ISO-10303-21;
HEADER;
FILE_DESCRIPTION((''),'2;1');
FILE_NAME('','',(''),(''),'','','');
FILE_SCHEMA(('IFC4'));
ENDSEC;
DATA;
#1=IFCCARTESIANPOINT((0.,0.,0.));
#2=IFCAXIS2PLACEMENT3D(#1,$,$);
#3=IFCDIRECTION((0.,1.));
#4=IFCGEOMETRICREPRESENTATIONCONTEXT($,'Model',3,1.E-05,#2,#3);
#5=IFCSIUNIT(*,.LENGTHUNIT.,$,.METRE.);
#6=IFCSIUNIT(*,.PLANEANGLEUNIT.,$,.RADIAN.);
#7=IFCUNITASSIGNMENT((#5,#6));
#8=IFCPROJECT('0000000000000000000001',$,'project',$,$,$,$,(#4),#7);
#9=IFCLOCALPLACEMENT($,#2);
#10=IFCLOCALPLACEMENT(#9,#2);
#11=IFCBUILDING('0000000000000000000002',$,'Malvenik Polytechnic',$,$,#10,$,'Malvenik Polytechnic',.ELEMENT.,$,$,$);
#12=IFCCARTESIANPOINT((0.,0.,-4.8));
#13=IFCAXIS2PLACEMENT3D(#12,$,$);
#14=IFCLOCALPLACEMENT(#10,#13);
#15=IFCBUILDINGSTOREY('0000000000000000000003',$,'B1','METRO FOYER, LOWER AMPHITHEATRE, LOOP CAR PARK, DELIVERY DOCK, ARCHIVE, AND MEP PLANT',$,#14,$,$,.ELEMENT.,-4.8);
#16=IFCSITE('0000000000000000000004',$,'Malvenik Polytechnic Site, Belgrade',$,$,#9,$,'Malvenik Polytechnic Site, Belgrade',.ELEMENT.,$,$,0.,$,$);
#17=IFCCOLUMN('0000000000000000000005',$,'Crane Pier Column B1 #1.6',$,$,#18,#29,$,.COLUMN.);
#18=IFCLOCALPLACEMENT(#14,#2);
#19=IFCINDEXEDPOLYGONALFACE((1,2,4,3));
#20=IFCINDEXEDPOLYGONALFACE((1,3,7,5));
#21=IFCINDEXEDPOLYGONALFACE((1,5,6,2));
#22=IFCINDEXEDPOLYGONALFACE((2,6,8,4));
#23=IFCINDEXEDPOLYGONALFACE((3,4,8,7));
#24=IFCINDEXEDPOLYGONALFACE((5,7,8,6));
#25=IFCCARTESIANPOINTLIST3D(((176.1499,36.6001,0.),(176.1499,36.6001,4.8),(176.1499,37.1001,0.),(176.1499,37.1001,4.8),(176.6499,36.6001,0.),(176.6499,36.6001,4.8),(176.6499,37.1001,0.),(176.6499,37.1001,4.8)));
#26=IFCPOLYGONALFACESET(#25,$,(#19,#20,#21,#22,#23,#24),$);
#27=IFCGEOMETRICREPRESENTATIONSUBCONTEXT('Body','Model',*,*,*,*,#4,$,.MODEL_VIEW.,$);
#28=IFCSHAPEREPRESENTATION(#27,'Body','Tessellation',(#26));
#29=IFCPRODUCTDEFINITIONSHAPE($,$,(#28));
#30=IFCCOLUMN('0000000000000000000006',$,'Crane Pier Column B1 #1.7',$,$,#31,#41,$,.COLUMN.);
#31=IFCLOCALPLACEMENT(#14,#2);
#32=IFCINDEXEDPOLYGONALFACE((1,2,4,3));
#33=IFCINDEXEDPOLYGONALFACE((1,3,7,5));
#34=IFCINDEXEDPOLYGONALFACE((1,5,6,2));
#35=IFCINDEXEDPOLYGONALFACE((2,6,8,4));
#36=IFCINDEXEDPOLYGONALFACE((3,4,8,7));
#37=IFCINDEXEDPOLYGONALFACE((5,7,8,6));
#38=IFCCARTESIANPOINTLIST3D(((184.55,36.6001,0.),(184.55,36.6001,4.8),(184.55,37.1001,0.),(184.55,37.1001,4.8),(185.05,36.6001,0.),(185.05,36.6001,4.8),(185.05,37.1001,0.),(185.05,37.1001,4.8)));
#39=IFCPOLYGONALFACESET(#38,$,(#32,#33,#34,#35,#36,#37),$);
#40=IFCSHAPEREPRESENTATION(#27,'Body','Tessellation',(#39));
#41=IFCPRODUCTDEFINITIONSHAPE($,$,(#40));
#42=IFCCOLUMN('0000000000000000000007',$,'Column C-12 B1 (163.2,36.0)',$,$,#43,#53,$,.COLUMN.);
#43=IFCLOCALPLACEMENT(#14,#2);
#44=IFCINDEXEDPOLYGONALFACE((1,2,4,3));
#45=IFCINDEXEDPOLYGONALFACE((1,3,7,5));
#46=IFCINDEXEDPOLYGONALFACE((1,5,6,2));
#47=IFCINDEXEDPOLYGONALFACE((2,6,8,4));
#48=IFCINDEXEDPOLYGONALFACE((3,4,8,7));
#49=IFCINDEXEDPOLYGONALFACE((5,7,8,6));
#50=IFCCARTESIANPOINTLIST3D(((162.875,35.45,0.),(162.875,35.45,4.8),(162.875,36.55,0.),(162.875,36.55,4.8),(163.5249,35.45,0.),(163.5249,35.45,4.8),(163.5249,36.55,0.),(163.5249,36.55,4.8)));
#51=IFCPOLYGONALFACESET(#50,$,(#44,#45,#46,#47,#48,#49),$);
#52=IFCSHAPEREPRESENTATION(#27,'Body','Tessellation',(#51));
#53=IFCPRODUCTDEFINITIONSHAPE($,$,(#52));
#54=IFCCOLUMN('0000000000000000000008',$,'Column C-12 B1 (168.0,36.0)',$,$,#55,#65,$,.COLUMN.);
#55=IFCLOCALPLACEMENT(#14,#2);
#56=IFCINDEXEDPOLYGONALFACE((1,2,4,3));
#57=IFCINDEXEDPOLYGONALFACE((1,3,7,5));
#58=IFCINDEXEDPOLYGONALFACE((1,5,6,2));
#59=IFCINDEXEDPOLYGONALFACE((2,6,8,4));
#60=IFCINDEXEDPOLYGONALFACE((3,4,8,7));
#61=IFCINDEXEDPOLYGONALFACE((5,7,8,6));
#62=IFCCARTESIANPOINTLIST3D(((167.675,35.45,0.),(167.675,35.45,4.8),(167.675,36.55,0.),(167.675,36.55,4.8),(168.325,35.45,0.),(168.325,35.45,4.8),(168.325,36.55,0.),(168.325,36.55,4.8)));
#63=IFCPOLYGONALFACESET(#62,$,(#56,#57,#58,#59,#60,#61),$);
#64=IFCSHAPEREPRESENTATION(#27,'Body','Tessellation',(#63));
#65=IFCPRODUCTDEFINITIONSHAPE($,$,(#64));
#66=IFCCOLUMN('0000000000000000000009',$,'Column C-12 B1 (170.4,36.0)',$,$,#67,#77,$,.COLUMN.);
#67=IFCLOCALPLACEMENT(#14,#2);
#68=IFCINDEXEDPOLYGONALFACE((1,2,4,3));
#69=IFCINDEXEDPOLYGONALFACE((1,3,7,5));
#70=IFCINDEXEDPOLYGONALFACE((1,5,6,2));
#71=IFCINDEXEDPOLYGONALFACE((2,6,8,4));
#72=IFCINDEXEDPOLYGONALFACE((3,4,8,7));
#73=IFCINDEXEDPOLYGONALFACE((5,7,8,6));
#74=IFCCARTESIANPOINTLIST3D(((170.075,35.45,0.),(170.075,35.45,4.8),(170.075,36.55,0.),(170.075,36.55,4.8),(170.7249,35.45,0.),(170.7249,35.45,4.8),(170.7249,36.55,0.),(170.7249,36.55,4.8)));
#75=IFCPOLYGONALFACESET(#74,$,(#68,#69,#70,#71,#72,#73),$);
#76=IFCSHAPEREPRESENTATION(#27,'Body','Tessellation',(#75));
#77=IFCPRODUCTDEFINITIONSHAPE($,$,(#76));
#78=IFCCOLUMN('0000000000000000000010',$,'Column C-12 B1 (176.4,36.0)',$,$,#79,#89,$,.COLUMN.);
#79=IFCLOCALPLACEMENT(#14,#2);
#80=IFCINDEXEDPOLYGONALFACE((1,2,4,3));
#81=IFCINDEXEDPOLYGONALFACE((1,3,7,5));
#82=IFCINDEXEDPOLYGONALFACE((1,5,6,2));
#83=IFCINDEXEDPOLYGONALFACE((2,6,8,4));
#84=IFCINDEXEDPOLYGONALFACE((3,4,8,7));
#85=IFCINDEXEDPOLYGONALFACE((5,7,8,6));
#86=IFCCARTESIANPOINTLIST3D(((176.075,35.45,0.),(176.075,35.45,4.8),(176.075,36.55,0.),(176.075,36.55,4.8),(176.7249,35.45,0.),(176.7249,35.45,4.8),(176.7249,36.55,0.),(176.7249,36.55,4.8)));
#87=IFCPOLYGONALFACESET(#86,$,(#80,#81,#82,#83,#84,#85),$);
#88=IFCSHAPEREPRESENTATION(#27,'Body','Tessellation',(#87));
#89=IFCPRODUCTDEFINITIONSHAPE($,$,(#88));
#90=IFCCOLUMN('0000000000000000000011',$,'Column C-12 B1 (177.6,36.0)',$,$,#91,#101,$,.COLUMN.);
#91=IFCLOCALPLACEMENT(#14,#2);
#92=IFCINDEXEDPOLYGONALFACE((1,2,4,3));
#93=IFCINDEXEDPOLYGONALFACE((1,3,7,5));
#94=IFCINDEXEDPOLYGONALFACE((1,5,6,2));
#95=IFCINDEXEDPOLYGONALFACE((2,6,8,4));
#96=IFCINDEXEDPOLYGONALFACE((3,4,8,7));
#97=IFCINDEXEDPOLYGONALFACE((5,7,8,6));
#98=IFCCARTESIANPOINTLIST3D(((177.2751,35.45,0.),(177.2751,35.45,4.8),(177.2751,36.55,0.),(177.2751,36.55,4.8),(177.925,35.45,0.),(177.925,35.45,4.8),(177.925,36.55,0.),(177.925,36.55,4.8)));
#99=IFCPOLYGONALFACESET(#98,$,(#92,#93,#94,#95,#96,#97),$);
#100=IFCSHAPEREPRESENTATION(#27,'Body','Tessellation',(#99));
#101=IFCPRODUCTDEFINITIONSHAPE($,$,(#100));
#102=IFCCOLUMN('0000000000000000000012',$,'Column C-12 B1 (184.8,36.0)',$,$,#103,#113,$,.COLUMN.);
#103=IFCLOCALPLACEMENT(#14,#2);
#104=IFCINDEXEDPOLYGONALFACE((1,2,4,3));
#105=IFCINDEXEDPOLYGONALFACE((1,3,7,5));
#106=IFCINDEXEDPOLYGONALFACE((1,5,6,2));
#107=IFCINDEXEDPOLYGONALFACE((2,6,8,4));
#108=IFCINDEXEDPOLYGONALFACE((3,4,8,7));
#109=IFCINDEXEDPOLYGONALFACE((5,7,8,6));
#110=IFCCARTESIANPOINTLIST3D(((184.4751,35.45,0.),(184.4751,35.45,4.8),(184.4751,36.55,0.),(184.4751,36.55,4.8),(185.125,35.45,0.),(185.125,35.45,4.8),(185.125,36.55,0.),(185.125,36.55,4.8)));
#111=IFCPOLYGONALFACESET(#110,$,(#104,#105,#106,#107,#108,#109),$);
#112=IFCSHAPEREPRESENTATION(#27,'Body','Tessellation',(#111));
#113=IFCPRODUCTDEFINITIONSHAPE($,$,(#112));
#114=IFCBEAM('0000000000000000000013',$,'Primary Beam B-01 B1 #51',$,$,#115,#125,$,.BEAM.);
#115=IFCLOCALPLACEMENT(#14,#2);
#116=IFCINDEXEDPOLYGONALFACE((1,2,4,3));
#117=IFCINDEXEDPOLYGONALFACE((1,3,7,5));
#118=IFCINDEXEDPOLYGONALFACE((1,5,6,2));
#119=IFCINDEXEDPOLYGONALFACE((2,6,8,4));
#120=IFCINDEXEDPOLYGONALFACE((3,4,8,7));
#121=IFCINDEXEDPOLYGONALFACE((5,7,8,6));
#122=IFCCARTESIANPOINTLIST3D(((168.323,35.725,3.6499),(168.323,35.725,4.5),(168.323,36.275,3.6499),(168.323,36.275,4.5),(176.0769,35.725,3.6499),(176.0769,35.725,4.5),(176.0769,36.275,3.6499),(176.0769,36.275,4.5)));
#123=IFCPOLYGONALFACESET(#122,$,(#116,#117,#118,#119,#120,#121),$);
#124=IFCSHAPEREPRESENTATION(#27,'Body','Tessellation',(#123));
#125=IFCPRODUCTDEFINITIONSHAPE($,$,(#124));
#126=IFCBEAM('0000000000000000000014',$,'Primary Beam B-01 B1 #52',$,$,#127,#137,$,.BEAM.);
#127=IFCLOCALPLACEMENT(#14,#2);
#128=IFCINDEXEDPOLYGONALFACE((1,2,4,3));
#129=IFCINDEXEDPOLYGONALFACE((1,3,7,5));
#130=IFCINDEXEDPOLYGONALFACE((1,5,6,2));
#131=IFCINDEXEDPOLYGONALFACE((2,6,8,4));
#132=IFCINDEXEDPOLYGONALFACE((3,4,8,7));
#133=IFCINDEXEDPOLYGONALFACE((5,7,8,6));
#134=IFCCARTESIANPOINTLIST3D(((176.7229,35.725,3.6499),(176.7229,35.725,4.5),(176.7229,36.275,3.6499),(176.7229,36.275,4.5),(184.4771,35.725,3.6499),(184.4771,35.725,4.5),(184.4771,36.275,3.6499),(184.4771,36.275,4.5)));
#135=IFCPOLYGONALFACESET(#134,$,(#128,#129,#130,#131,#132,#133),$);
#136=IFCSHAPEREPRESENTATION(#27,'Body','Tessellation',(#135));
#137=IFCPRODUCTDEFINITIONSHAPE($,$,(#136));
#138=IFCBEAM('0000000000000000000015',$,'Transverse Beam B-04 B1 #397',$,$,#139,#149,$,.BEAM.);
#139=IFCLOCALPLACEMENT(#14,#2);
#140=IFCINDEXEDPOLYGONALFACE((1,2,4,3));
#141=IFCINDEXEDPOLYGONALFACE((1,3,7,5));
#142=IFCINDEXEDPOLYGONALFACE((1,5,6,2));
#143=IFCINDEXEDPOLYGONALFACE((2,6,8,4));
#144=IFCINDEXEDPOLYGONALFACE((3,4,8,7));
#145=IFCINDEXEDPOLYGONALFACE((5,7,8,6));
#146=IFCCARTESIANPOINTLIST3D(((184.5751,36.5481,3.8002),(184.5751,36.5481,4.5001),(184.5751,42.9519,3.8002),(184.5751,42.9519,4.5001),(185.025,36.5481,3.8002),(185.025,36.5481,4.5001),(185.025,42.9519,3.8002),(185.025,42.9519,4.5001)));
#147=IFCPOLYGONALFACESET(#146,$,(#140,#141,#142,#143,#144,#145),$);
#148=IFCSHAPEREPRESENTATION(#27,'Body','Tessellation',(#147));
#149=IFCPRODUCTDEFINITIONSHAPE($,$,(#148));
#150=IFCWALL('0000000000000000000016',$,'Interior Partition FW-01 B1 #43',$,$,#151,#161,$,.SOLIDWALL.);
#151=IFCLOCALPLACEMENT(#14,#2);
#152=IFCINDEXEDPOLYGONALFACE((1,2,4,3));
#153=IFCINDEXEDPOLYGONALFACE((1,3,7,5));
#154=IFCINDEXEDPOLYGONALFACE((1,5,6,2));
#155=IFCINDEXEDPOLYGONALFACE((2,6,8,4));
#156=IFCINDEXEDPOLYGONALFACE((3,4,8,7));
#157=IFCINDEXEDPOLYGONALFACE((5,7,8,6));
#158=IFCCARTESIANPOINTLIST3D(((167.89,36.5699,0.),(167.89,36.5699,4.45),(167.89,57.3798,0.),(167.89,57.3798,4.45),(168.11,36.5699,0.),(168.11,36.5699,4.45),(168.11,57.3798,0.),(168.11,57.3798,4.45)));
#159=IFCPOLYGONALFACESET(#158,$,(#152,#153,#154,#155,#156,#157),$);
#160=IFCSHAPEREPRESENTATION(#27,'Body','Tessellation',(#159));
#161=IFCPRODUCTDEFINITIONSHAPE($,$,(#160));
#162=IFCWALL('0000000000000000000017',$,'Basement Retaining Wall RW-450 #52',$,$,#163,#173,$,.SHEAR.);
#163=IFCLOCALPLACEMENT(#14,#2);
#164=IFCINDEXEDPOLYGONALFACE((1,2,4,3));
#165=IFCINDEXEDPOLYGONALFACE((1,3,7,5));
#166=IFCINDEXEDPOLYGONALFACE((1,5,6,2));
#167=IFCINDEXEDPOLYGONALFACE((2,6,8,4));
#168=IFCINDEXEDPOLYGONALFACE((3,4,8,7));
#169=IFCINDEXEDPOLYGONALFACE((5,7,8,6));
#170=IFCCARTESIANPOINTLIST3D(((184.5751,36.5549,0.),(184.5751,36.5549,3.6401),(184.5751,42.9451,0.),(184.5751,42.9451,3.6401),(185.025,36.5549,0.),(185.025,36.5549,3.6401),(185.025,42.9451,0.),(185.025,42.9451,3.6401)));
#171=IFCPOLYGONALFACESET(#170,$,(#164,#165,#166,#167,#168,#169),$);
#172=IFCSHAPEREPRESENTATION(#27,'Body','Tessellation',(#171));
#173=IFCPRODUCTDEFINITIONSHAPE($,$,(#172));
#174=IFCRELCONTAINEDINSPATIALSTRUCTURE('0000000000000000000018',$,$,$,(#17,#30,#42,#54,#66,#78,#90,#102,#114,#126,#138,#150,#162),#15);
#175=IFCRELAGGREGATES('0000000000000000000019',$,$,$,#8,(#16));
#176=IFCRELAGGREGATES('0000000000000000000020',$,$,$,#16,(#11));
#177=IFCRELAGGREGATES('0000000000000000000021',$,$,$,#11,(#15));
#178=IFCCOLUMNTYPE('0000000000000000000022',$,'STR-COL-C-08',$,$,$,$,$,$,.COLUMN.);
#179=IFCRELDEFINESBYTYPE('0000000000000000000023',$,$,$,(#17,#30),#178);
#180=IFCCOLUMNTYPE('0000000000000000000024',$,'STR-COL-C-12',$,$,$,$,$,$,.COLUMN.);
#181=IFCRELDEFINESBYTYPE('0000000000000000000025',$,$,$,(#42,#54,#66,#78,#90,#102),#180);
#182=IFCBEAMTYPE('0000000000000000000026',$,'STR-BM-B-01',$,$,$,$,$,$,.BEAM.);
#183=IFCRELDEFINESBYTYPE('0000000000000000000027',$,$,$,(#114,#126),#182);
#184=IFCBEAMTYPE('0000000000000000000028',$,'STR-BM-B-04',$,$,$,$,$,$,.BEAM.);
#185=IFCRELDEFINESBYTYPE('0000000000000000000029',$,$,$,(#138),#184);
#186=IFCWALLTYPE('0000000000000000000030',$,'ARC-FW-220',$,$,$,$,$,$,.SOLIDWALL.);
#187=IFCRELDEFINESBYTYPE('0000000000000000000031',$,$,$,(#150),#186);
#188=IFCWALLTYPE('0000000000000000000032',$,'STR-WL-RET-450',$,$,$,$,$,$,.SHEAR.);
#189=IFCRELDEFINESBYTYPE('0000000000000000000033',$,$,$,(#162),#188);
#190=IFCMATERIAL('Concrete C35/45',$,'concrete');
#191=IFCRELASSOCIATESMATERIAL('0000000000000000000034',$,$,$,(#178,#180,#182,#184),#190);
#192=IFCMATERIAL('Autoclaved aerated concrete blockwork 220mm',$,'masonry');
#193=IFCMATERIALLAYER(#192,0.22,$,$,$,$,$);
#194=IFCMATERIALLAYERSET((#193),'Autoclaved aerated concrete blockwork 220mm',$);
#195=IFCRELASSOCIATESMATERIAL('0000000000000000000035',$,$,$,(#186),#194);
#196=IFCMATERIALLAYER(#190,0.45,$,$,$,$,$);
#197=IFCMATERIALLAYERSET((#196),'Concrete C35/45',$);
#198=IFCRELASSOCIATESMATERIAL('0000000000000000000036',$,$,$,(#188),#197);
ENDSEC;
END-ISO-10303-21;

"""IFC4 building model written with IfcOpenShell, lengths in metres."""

from ifc_helpers import new_model, si_unit, direction, frame, frame_2d, origin, origin_2d, place, context, subcontext, project, spatial, rectangle, extrude, material, layer, layer_set, material_profile, profile_set, type_object, element, save


model = new_model("IFC4")

# Units and contexts
model_context = context("Model", 3, precision=1e-05, world=origin(), true_north=direction((0.0, 1.0)))
body_context = subcontext(model_context, "Body", "Model", "MODEL_VIEW")
ifc_project = project(units=[si_unit("LENGTHUNIT", "METRE"), si_unit("PLANEANGLEUNIT", "RADIAN")], contexts=[model_context])

# Site, building, storey
site_placement = place(None, origin())
site = spatial("IfcSite", under=ifc_project, at=site_placement, Name="Malvenik Polytechnic Site, Belgrade", LongName="Malvenik Polytechnic Site, Belgrade", CompositionType="ELEMENT", RefElevation=0.0)
building_placement = place(site_placement, origin())
building = spatial("IfcBuilding", under=site, at=building_placement, Name="Malvenik Polytechnic", LongName="Malvenik Polytechnic", CompositionType="ELEMENT")
storey_placement = place(building_placement, frame((0.0, 0.0, -4.8)))
storey = spatial("IfcBuildingStorey", under=building, at=storey_placement, Name="B1", Description="METRO FOYER, LOWER AMPHITHEATRE, LOOP CAR PARK, DELIVERY DOCK, ARCHIVE, AND MEP PLANT", CompositionType="ELEMENT", Elevation=-4.8)

# Shared definitions
ifc_material_1 = material(Name="Concrete C35/45", Category="concrete")

# Columns
ifc_material_profile_1 = material_profile(ifc_material_1, rectangle(XDim=0.5, YDim=0.5, at=origin_2d()), Name="RC COL 500x500")
ifc_profile_set_1 = profile_set([ifc_material_profile_1], Name="Concrete C35/45")
column_type_1 = type_object("IfcColumnType", Name="STR-COL-C-08", PredefinedType="COLUMN", material=ifc_profile_set_1)
for number, where, z_axis, x_axis, name in (
    (1, (176.3999, 36.8501, 0.0), (0.0, 0.0, 1.0), (1.0, 0.0, 0.0), "Crane Pier Column B1 #1.6"),
    (2, (184.8, 36.8501, 0.0), (0.0, 0.0, 1.0), (1.0, 0.0, 0.0), "Crane Pier Column B1 #1.7"),
):
    element("IfcColumn", number, at=place(storey_placement, frame(where, z_axis=z_axis, x_axis=x_axis)), inside=storey, type_object=column_type_1, Name=name, PredefinedType="COLUMN", context=body_context, shape_type="SweptSolid", body=[
        extrude(rectangle(XDim=0.5, YDim=0.5, at=origin_2d()), origin(), (0.0, 0.0, 1.0), 4.8),
    ])
ifc_material_profile_2 = material_profile(ifc_material_1, rectangle(XDim=0.6499, YDim=1.1001, at=origin_2d()), Name="RC COL 1100x650")
ifc_profile_set_2 = profile_set([ifc_material_profile_2], Name="Concrete C35/45")
column_type_2 = type_object("IfcColumnType", Name="STR-COL-C-12", PredefinedType="COLUMN", material=ifc_profile_set_2)
for number, where, z_axis, x_axis, name in (
    (3, (163.2, 36.0, 0.0), (0.0, 0.0, 1.0), (1.0, 0.0, 0.0), "Column C-12 B1 (163.2,36.0)"),
    (4, (168.0, 36.0, 0.0), (0.0, 0.0, 1.0), (1.0, 0.0, 0.0), "Column C-12 B1 (168.0,36.0)"),
    (5, (170.3999, 36.0, 0.0), (0.0, 0.0, 1.0), (1.0, 0.0, 0.0), "Column C-12 B1 (170.4,36.0)"),
    (6, (176.3999, 36.0, 0.0), (0.0, 0.0, 1.0), (1.0, 0.0, 0.0), "Column C-12 B1 (176.4,36.0)"),
    (7, (177.6001, 36.0, 0.0), (0.0, 0.0, 1.0), (1.0, 0.0, 0.0), "Column C-12 B1 (177.6,36.0)"),
    (8, (184.8, 36.0, 0.0), (0.0, 0.0, 1.0), (1.0, 0.0, 0.0), "Column C-12 B1 (184.8,36.0)"),
):
    element("IfcColumn", number, at=place(storey_placement, frame(where, z_axis=z_axis, x_axis=x_axis)), inside=storey, type_object=column_type_2, Name=name, PredefinedType="COLUMN", context=body_context, shape_type="SweptSolid", body=[
        extrude(rectangle(XDim=0.6499, YDim=1.1001, at=origin_2d()), origin(), (0.0, 0.0, 1.0), 4.8),
    ])

# Beams
ifc_material_profile_3 = material_profile(ifc_material_1, rectangle(XDim=0.55, YDim=0.8501, at=origin_2d()), Name="RC BM 550x850")
ifc_profile_set_3 = profile_set([ifc_material_profile_3], Name="Concrete C35/45")
beam_type_1 = type_object("IfcBeamType", Name="STR-BM-B-01", PredefinedType="BEAM", material=ifc_profile_set_3)
beam_1_placement = place(storey_placement, frame((168.323, 36.0, 4.075), z_axis=(1.0, 0.0, 0.0), x_axis=(0.0, 1.0, 0.0)))
element("IfcBeam", 9, at=beam_1_placement, inside=storey, type_object=beam_type_1, Name="Primary Beam B-01 B1 #51", PredefinedType="BEAM", context=body_context, shape_type="SweptSolid", body=[
    extrude(rectangle(XDim=0.55, YDim=0.8501, at=origin_2d()), origin(), (0.0, 0.0, 1.0), 7.7539),
])
beam_2_placement = place(storey_placement, frame((176.7229, 36.0, 4.075), z_axis=(1.0, 0.0, 0.0), x_axis=(0.0, 1.0, 0.0)))
element("IfcBeam", 10, at=beam_2_placement, inside=storey, type_object=beam_type_1, Name="Primary Beam B-01 B1 #52", PredefinedType="BEAM", context=body_context, shape_type="SweptSolid", body=[
    extrude(rectangle(XDim=0.55, YDim=0.8501, at=origin_2d()), origin(), (0.0, 0.0, 1.0), 7.7542),
])
ifc_material_profile_4 = material_profile(ifc_material_1, rectangle(XDim=0.45, YDim=0.7, at=origin_2d()), Name="RC BM 450x700")
ifc_profile_set_4 = profile_set([ifc_material_profile_4], Name="Concrete C35/45")
beam_type_2 = type_object("IfcBeamType", Name="STR-BM-B-04", PredefinedType="BEAM", material=ifc_profile_set_4)
beam_3_placement = place(storey_placement, frame((184.8, 36.5481, 4.1501), z_axis=(0.0, 1.0, 0.0), x_axis=(-1.0, 0.0, 0.0)))
element("IfcBeam", 11, at=beam_3_placement, inside=storey, type_object=beam_type_2, Name="Transverse Beam B-04 B1 #397", PredefinedType="BEAM", context=body_context, shape_type="SweptSolid", body=[
    extrude(rectangle(XDim=0.45, YDim=0.7, at=origin_2d()), origin(), (0.0, 0.0, 1.0), 6.4038),
])

# Walls
ifc_material_2 = material(Name="Autoclaved aerated concrete blockwork 220mm", Category="masonry")
ifc_layer_1 = layer(ifc_material_2, 0.22)
ifc_layer_set_1 = layer_set([ifc_layer_1], Name="Autoclaved aerated concrete blockwork 220mm")
wall_type_1 = type_object("IfcWallType", Name="ARC-FW-220", PredefinedType="SOLIDWALL", material=ifc_layer_set_1)
wall_1_placement = place(storey_placement, frame((168.0, 36.5701, 0.0), z_axis=(0.0, 0.0, 1.0), x_axis=(0.0, 1.0, 0.0)))
element("IfcWall", 12, at=wall_1_placement, inside=storey, type_object=wall_type_1, Name="Interior Partition FW-01 B1 #43", PredefinedType="SOLIDWALL", context=body_context, shape_type="SweptSolid", body=[
    extrude(rectangle(XDim=20.8098, YDim=0.22, at=frame_2d((10.4048, 0.0))), origin(), (0.0, 0.0, 1.0), 4.45),
])
ifc_layer_2 = layer(ifc_material_1, 0.45)
ifc_layer_set_2 = layer_set([ifc_layer_2], Name="Concrete C35/45")
wall_type_2 = type_object("IfcWallType", Name="STR-WL-RET-450", PredefinedType="SHEAR", material=ifc_layer_set_2)
wall_2_placement = place(storey_placement, frame((184.8, 36.5549, 0.0), z_axis=(0.0, 0.0, 1.0), x_axis=(0.0, 1.0, 0.0)))
element("IfcWall", 13, at=wall_2_placement, inside=storey, type_object=wall_type_2, Name="Basement Retaining Wall RW-450 #52", PredefinedType="SHEAR", context=body_context, shape_type="SweptSolid", body=[
    extrude(rectangle(XDim=6.3901, YDim=0.45, at=frame_2d((3.1951, 0.0))), origin(), (0.0, 0.0, 1.0), 3.6401),
])

save(model, "model.ifc")
